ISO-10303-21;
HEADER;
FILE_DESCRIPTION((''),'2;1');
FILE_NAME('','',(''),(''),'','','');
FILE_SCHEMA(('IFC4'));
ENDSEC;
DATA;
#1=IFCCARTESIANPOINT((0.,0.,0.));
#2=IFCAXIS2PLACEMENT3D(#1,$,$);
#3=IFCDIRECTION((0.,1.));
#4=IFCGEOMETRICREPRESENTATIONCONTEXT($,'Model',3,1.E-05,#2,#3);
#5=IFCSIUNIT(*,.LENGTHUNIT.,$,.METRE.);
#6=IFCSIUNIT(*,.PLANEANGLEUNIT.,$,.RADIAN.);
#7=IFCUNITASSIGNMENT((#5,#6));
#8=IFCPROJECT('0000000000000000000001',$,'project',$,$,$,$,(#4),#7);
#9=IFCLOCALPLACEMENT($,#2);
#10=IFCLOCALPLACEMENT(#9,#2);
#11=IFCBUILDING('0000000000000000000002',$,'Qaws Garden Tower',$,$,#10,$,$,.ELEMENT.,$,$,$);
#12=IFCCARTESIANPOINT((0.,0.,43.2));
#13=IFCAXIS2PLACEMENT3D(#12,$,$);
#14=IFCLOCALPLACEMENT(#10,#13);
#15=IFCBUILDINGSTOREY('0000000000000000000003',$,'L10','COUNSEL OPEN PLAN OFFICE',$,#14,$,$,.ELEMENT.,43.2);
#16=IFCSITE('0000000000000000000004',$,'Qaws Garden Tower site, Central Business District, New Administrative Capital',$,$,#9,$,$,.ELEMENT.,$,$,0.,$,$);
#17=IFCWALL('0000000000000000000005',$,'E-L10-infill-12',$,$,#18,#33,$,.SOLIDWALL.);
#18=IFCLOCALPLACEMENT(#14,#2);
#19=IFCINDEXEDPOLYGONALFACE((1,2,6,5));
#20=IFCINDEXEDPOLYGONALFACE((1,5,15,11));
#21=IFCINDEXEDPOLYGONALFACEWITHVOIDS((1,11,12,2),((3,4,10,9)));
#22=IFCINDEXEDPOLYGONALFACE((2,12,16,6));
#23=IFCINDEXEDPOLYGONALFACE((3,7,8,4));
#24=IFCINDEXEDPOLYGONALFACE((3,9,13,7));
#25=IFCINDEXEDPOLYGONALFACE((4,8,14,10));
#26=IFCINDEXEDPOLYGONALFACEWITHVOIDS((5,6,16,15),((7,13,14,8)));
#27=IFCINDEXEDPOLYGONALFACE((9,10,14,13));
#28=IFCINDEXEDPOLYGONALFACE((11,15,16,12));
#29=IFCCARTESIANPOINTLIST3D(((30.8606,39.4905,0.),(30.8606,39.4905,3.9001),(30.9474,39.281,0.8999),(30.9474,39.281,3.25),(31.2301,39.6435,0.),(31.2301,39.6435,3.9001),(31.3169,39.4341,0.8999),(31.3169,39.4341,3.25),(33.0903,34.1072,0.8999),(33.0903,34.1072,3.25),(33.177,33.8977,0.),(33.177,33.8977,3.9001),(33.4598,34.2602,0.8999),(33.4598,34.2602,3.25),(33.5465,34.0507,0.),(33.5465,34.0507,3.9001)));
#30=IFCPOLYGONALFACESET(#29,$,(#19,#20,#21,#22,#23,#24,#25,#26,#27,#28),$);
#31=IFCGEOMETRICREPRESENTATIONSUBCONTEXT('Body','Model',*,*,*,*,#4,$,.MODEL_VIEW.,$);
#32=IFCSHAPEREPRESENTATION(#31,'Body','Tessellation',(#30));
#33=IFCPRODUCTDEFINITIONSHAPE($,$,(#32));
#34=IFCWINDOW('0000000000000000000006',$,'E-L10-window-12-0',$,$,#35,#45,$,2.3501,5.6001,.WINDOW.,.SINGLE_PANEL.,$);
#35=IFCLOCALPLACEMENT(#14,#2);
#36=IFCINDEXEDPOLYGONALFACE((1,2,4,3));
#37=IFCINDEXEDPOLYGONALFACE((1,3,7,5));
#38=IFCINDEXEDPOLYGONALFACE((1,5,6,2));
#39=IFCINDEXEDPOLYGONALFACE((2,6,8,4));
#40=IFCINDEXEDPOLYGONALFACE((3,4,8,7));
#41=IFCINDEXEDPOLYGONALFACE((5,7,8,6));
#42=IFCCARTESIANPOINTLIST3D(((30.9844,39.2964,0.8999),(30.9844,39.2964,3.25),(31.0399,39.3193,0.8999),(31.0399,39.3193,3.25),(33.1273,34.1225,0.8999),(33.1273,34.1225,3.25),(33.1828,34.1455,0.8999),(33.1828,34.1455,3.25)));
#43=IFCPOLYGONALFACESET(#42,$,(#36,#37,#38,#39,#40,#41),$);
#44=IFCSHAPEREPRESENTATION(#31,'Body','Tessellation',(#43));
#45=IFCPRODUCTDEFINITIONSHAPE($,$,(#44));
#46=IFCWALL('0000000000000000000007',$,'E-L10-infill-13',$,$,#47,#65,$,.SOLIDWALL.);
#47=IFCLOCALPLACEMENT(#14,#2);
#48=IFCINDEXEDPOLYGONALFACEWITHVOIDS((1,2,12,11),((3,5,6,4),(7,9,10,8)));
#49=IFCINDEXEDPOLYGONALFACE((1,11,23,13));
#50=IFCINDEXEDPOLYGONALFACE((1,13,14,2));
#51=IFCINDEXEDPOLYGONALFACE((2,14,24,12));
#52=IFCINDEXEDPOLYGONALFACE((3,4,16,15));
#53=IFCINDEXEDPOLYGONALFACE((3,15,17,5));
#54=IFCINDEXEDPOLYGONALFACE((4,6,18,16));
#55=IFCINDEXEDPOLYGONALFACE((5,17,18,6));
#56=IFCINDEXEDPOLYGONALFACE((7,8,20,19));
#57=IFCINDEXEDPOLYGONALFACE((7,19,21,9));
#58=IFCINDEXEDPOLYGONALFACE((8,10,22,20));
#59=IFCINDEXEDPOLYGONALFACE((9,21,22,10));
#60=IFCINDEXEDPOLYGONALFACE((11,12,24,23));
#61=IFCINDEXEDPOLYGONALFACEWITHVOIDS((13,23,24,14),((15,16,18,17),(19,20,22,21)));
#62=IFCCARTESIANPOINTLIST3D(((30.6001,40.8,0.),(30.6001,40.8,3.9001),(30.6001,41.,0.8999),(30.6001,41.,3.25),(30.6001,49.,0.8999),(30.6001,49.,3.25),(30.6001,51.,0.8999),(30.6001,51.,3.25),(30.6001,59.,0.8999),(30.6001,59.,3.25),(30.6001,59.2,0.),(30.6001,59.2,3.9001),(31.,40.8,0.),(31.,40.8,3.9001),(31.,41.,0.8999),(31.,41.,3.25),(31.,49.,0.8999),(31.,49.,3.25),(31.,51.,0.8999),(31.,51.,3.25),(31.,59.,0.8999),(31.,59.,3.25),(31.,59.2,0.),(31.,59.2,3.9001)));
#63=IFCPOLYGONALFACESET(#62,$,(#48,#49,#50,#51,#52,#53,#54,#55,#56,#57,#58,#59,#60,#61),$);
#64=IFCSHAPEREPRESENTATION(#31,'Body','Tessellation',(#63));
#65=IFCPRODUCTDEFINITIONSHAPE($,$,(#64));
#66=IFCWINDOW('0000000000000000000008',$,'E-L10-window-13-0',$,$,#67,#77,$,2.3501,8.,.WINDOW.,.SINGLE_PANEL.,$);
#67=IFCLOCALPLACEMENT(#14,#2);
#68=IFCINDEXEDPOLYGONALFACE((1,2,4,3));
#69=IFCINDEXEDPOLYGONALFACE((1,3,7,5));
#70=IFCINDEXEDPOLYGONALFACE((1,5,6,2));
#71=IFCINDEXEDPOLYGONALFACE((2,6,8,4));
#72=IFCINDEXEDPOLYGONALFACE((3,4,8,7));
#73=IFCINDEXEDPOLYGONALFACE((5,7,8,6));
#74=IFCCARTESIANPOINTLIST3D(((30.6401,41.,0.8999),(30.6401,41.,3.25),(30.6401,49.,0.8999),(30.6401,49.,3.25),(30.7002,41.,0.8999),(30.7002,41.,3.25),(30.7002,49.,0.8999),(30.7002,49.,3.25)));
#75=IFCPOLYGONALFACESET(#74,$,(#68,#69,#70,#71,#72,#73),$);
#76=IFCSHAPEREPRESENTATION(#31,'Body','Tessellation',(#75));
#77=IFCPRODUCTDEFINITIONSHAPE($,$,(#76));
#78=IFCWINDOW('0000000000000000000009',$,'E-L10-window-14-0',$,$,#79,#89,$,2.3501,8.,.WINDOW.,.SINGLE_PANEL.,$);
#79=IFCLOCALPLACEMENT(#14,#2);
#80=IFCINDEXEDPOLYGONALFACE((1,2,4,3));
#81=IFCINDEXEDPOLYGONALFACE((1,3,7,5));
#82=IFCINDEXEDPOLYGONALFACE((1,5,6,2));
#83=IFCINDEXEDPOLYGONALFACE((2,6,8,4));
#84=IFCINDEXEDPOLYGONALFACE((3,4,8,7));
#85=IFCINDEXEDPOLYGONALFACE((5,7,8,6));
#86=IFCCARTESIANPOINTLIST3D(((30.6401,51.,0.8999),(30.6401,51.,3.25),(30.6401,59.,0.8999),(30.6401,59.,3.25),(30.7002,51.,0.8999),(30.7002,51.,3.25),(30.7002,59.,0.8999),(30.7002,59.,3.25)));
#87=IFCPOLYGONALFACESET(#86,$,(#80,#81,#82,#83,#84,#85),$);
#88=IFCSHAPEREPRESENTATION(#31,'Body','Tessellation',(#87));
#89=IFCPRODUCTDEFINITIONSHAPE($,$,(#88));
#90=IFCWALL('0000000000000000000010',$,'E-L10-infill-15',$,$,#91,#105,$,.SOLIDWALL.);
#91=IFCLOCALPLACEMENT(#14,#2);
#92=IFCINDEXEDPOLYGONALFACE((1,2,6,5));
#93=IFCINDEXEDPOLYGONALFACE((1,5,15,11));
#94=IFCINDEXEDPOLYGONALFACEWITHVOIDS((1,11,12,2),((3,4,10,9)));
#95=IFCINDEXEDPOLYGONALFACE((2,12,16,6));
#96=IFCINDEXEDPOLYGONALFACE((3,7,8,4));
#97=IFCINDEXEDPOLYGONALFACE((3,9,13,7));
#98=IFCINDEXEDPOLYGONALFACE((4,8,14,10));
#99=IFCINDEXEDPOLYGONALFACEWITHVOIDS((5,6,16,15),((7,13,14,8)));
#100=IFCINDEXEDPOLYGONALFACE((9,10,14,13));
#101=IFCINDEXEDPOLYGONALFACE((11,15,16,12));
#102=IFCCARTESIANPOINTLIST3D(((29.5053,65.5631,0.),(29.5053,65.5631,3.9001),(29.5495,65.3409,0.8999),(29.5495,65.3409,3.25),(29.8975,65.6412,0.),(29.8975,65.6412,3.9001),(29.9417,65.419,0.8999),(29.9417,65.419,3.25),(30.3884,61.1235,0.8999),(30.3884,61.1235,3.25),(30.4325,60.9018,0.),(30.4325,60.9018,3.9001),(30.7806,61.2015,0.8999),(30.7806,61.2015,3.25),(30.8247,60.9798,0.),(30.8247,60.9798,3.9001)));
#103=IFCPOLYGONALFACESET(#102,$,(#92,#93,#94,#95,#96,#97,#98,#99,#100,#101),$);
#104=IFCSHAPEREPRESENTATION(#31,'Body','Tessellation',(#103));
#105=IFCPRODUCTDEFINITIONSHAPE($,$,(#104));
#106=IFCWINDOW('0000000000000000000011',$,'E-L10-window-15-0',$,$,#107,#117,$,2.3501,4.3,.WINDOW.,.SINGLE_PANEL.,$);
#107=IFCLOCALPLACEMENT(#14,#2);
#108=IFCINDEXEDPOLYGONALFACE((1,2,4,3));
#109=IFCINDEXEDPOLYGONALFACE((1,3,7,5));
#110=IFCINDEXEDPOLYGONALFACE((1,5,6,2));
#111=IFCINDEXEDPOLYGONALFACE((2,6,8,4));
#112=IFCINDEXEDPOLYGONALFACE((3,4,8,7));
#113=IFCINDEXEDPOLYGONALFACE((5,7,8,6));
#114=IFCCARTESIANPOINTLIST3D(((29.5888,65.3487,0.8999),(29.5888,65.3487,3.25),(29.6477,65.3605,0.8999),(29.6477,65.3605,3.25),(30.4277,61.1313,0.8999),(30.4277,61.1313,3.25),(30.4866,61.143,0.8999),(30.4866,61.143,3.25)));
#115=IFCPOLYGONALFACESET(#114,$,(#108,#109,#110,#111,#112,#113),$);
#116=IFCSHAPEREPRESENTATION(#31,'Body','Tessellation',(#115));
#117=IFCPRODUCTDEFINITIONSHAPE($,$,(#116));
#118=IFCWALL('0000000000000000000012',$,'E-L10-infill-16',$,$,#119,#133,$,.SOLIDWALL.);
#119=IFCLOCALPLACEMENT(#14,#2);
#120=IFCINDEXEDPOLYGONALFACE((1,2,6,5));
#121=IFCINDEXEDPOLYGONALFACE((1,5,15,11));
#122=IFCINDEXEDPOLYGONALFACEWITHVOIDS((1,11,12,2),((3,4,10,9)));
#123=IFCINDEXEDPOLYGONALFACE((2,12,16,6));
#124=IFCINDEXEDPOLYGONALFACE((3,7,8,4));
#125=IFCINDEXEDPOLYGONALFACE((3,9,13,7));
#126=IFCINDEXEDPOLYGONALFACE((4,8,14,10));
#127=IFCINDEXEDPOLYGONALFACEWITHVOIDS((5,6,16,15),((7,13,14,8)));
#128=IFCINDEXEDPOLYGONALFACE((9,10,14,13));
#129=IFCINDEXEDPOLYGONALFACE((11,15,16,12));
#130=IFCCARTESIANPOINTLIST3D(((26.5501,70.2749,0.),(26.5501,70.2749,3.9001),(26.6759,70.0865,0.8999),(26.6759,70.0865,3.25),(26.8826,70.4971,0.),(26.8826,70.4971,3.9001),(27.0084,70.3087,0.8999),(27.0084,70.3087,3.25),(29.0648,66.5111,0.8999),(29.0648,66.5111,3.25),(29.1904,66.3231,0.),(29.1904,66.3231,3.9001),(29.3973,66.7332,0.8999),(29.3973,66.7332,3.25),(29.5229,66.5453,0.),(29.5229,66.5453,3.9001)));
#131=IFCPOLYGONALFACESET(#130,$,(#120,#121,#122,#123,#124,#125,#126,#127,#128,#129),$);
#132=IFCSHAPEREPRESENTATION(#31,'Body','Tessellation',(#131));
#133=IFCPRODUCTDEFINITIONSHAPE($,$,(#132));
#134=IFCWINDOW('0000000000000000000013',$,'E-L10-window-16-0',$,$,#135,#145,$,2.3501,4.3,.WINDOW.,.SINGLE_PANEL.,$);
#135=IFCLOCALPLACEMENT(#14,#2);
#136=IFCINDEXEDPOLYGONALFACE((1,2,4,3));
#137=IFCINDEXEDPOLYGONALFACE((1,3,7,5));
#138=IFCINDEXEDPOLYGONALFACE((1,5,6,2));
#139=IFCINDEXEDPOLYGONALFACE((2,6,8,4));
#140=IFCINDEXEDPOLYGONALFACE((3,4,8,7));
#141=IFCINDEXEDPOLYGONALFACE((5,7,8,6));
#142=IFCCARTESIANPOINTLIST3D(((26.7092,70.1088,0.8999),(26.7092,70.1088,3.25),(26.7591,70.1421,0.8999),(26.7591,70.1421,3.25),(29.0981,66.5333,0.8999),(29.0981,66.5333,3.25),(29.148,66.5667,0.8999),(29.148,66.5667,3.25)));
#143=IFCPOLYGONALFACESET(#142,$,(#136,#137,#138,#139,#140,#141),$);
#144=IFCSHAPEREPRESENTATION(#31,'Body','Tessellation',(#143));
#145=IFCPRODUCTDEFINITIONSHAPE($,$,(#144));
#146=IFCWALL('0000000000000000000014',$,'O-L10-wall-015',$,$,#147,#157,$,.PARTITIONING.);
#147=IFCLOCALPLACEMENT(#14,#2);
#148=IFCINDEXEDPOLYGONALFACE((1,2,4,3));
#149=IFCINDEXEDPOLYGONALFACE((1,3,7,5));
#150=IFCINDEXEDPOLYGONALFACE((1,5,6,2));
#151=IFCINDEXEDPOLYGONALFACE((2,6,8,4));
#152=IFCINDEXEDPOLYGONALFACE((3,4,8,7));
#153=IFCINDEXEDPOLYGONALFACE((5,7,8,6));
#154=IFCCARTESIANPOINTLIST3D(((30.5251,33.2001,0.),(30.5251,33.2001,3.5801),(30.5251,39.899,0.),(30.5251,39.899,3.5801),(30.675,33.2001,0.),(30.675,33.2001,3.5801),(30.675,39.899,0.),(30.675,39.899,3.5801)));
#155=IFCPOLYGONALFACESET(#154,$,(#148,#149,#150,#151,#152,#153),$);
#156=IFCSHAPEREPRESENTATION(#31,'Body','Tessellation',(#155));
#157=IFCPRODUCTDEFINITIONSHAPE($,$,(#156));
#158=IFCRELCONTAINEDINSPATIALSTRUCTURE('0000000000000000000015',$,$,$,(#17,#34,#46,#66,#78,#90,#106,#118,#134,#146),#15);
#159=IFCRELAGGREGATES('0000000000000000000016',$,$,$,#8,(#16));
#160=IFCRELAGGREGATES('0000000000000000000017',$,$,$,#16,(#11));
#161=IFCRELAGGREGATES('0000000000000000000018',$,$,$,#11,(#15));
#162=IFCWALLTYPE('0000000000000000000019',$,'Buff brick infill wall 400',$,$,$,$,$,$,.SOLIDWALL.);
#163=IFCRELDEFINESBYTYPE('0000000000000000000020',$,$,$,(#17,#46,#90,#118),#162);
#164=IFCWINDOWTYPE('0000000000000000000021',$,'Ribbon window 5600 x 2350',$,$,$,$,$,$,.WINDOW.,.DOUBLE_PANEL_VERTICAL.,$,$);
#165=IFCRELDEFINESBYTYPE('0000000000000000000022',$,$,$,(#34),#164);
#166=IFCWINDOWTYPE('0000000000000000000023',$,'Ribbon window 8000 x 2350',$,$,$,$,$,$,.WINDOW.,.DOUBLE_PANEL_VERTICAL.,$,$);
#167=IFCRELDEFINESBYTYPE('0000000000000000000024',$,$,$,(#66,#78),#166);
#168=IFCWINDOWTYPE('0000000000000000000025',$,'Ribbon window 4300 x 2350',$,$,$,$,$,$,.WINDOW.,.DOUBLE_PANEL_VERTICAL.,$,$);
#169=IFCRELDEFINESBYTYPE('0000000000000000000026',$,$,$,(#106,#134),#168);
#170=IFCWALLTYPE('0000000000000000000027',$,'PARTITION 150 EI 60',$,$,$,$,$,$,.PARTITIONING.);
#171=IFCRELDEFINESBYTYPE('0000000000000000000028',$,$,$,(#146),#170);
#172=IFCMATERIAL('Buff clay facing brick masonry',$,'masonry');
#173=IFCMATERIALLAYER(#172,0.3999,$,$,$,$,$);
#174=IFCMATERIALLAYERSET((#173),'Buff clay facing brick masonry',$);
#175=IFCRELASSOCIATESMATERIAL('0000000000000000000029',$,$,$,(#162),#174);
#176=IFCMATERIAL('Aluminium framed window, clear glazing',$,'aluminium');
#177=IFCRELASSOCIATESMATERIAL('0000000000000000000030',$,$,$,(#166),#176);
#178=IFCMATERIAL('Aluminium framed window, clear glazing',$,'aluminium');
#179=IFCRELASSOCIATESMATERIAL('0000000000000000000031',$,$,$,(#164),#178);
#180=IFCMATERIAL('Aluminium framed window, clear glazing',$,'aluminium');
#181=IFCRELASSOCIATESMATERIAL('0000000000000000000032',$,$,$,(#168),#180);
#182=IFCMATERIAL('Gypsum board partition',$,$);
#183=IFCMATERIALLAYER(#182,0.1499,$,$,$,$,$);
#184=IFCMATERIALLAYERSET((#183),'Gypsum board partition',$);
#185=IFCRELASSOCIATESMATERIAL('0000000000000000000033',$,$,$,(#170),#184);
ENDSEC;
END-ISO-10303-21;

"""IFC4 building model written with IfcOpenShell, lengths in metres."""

from ifc_helpers import new_model, si_unit, direction, frame, frame_2d, origin, place, context, subcontext, project, spatial, rectangle, extrude, material, layer, layer_set, type_object, element, fill, save


model = new_model("IFC4")

# Units and contexts
model_context = context("Model", 3, precision=1e-05, world=origin(), true_north=direction((0.0, 1.0)))
body_context = subcontext(model_context, "Body", "Model", "MODEL_VIEW")
ifc_project = project(units=[si_unit("LENGTHUNIT", "METRE"), si_unit("PLANEANGLEUNIT", "RADIAN")], contexts=[model_context])

# Site, building, storey
site_placement = place(None, origin())
site = spatial("IfcSite", under=ifc_project, at=site_placement, Name="Qaws Garden Tower site, Central Business District, New Administrative Capital", CompositionType="ELEMENT", RefElevation=0.0)
building_placement = place(site_placement, origin())
building = spatial("IfcBuilding", under=site, at=building_placement, Name="Qaws Garden Tower", CompositionType="ELEMENT")
storey_placement = place(building_placement, frame((0.0, 0.0, 43.2)))
storey = spatial("IfcBuildingStorey", under=building, at=storey_placement, Name="L10", Description="COUNSEL OPEN PLAN OFFICE", CompositionType="ELEMENT", Elevation=43.2)

# Shared definitions
ifc_material_1 = material(Name="Buff clay facing brick masonry", Category="masonry")
ifc_layer_1 = layer(ifc_material_1, 0.3999)
ifc_layer_set_1 = layer_set([ifc_layer_1], Name="Buff clay facing brick masonry")
wall_type_1 = type_object("IfcWallType", Name="Buff brick infill wall 400", PredefinedType="SOLIDWALL", material=ifc_layer_set_1)
ifc_material_2 = material(Name="Aluminium framed window, clear glazing", Category="aluminium")
window_type_1 = type_object("IfcWindowType", Name="Ribbon window 8000 x 2350", PartitioningType="DOUBLE_PANEL_VERTICAL", PredefinedType="WINDOW", material=ifc_material_2)

# Wall, opening, window
ifc_material_3 = material(Name="Aluminium framed window, clear glazing", Category="aluminium")
window_type_2 = type_object("IfcWindowType", Name="Ribbon window 5600 x 2350", PartitioningType="DOUBLE_PANEL_VERTICAL", PredefinedType="WINDOW", material=ifc_material_3)
wall_1_placement = place(storey_placement, frame((33.3618, 33.9741, 0.0), z_axis=(0.0, 0.0, 1.0), x_axis=(-0.382656, 0.923891, 0.0)))
wall_1 = element("IfcWall", 1, at=wall_1_placement, inside=storey, type_object=wall_type_1, Name="E-L10-infill-12", PredefinedType="SOLIDWALL", context=body_context, shape_type="SweptSolid", body=[
    extrude(rectangle(XDim=6.0535, YDim=0.3999, at=frame_2d((3.0269, 0.0))), origin(), (0.0, 0.0, 1.0), 3.9001),
])
opening_1_placement = place(wall_1_placement, frame((0.2268, 0.0, 0.8999)))
opening_1 = element("IfcOpeningElement", 2, at=opening_1_placement, cuts=wall_1, PredefinedType="OPENING", context=body_context, shape_type="SweptSolid", body=[
    extrude(rectangle(XDim=5.6001, YDim=2.3501, at=frame_2d((2.8, 1.175))), frame((0.0, 0.21, 0.0), z_axis=(0.0, -1.0, 0.0), x_axis=(1.0, 0.0, 0.0)), (0.0, 0.0, 1.0), 0.4199),
])
window_1_placement = place(opening_1_placement, origin())
window_1 = element("IfcWindow", 3, at=window_1_placement, inside=storey, type_object=window_type_2, Name="E-L10-window-12-0", OverallHeight=2.3501, OverallWidth=5.6001, PartitioningType="SINGLE_PANEL", PredefinedType="WINDOW", context=body_context, shape_type="SweptSolid", body=[
    extrude(rectangle(XDim=5.6001, YDim=2.3501, at=frame_2d((2.8, 1.175))), frame((0.0, 0.1599, 0.0), z_axis=(0.0, -1.0, 0.0), x_axis=(1.0, 0.0, 0.0)), (0.0, 0.0, 1.0), 0.0601),
])
fill(opening_1, window_1)

# Wall, openings, windows
wall_2_placement = place(storey_placement, frame((30.8, 40.8, 0.0), z_axis=(0.0, 0.0, 1.0), x_axis=(0.0, 1.0, 0.0)))
wall_2 = element("IfcWall", 4, at=wall_2_placement, inside=storey, type_object=wall_type_1, Name="E-L10-infill-13", PredefinedType="SOLIDWALL", context=body_context, shape_type="SweptSolid", body=[
    extrude(rectangle(XDim=18.3999, YDim=0.3999, at=frame_2d((9.2, 0.0))), origin(), (0.0, 0.0, 1.0), 3.9001),
])
opening_2_placement = place(wall_2_placement, frame((0.2, 0.0, 0.8999)))
opening_2 = element("IfcOpeningElement", 5, at=opening_2_placement, cuts=wall_2, PredefinedType="OPENING", context=body_context, shape_type="SweptSolid", body=[
    extrude(rectangle(XDim=8.0, YDim=2.3501, at=frame_2d((4.0, 1.175))), frame((0.0, 0.21, 0.0), z_axis=(0.0, -1.0, 0.0), x_axis=(1.0, 0.0, 0.0)), (0.0, 0.0, 1.0), 0.4199),
])
opening_3_placement = place(wall_2_placement, frame((10.2, 0.0, 0.8999)))
opening_3 = element("IfcOpeningElement", 6, at=opening_3_placement, cuts=wall_2, PredefinedType="OPENING", context=body_context, shape_type="SweptSolid", body=[
    extrude(rectangle(XDim=8.0, YDim=2.3501, at=frame_2d((4.0, 1.175))), frame((0.0, 0.21, 0.0), z_axis=(0.0, -1.0, 0.0), x_axis=(1.0, 0.0, 0.0)), (0.0, 0.0, 1.0), 0.4199),
])
window_2_placement = place(opening_2_placement, origin())
window_2 = element("IfcWindow", 7, at=window_2_placement, inside=storey, type_object=window_type_1, Name="E-L10-window-13-0", OverallHeight=2.3501, OverallWidth=8.0, PartitioningType="SINGLE_PANEL", PredefinedType="WINDOW", context=body_context, shape_type="SweptSolid", body=[
    extrude(rectangle(XDim=8.0, YDim=2.3501, at=frame_2d((4.0, 1.175))), frame((0.0, 0.1599, 0.0), z_axis=(0.0, -1.0, 0.0), x_axis=(1.0, 0.0, 0.0)), (0.0, 0.0, 1.0), 0.0601),
])
fill(opening_2, window_2)
window_3_placement = place(opening_3_placement, origin())
window_3 = element("IfcWindow", 8, at=window_3_placement, inside=storey, type_object=window_type_1, Name="E-L10-window-14-0", OverallHeight=2.3501, OverallWidth=8.0, PartitioningType="SINGLE_PANEL", PredefinedType="WINDOW", context=body_context, shape_type="SweptSolid", body=[
    extrude(rectangle(XDim=8.0, YDim=2.3501, at=frame_2d((4.0, 1.175))), frame((0.0, 0.1599, 0.0), z_axis=(0.0, -1.0, 0.0), x_axis=(1.0, 0.0, 0.0)), (0.0, 0.0, 1.0), 0.0601),
])
fill(opening_3, window_3)

# Walls, openings, windows
wall_3_placement = place(storey_placement, frame((30.6287, 60.9407, 0.0), z_axis=(0.0, 0.0, 1.0), x_axis=(-0.195099, 0.980784, 0.0)))
wall_3 = element("IfcWall", 9, at=wall_3_placement, inside=storey, type_object=wall_type_1, Name="E-L10-infill-15", PredefinedType="SOLIDWALL", context=body_context, shape_type="SweptSolid", body=[
    extrude(rectangle(XDim=4.7527, YDim=0.3999, at=frame_2d((2.3765, 0.0))), origin(), (0.0, 0.0, 1.0), 3.9001),
])
opening_4_placement = place(wall_3_placement, frame((0.2263, 0.0, 0.8999)))
opening_4 = element("IfcOpeningElement", 10, at=opening_4_placement, cuts=wall_3, PredefinedType="OPENING", context=body_context, shape_type="SweptSolid", body=[
    extrude(rectangle(XDim=4.3, YDim=2.3501, at=frame_2d((2.1499, 1.175))), frame((0.0, 0.21, 0.0), z_axis=(0.0, -1.0, 0.0), x_axis=(1.0, 0.0, 0.0)), (0.0, 0.0, 1.0), 0.4199),
])
ifc_material_4 = material(Name="Aluminium framed window, clear glazing", Category="aluminium")
window_type_3 = type_object("IfcWindowType", Name="Ribbon window 4300 x 2350", PartitioningType="DOUBLE_PANEL_VERTICAL", PredefinedType="WINDOW", material=ifc_material_4)
window_4_placement = place(opening_4_placement, origin())
window_4 = element("IfcWindow", 11, at=window_4_placement, inside=storey, type_object=window_type_3, Name="E-L10-window-15-0", OverallHeight=2.3501, OverallWidth=4.3, PartitioningType="SINGLE_PANEL", PredefinedType="WINDOW", context=body_context, shape_type="SweptSolid", body=[
    extrude(rectangle(XDim=4.3, YDim=2.3501, at=frame_2d((2.1499, 1.175))), frame((0.0, 0.1599, 0.0), z_axis=(0.0, -1.0, 0.0), x_axis=(1.0, 0.0, 0.0)), (0.0, 0.0, 1.0), 0.0601),
])
fill(opening_4, window_4)
wall_4_placement = place(storey_placement, frame((29.3567, 66.4341, 0.0), z_axis=(0.0, 0.0, 1.0), x_axis=(-0.555542, 0.831489, 0.0)))
wall_4 = element("IfcWall", 12, at=wall_4_placement, inside=storey, type_object=wall_type_1, Name="E-L10-infill-16", PredefinedType="SOLIDWALL", context=body_context, shape_type="SweptSolid", body=[
    extrude(rectangle(XDim=4.7527, YDim=0.3999, at=frame_2d((2.3765, 0.0))), origin(), (0.0, 0.0, 1.0), 3.9001),
])
opening_5_placement = place(wall_4_placement, frame((0.2263, 0.0, 0.8999)))
opening_5 = element("IfcOpeningElement", 13, at=opening_5_placement, cuts=wall_4, PredefinedType="OPENING", context=body_context, shape_type="SweptSolid", body=[
    extrude(rectangle(XDim=4.3, YDim=2.3501, at=frame_2d((2.1499, 1.175))), frame((0.0, 0.21, 0.0), z_axis=(0.0, -1.0, 0.0), x_axis=(1.0, 0.0, 0.0)), (0.0, 0.0, 1.0), 0.4199),
])
window_5_placement = place(opening_5_placement, origin())
window_5 = element("IfcWindow", 14, at=window_5_placement, inside=storey, type_object=window_type_3, Name="E-L10-window-16-0", OverallHeight=2.3501, OverallWidth=4.3, PartitioningType="SINGLE_PANEL", PredefinedType="WINDOW", context=body_context, shape_type="SweptSolid", body=[
    extrude(rectangle(XDim=4.3, YDim=2.3501, at=frame_2d((2.1499, 1.175))), frame((0.0, 0.1599, 0.0), z_axis=(0.0, -1.0, 0.0), x_axis=(1.0, 0.0, 0.0)), (0.0, 0.0, 1.0), 0.0601),
])
fill(opening_5, window_5)

# Wall
ifc_material_5 = material(Name="Gypsum board partition")
ifc_layer_2 = layer(ifc_material_5, 0.1499)
ifc_layer_set_2 = layer_set([ifc_layer_2], Name="Gypsum board partition")
wall_type_2 = type_object("IfcWallType", Name="PARTITION 150 EI 60", PredefinedType="PARTITIONING", material=ifc_layer_set_2)
wall_5_placement = place(storey_placement, frame((30.6001, 33.2, 0.0), z_axis=(0.0, 0.0, 1.0), x_axis=(0.0, 1.0, 0.0)))
element("IfcWall", 15, at=wall_5_placement, inside=storey, type_object=wall_type_2, Name="O-L10-wall-015", PredefinedType="PARTITIONING", context=body_context, shape_type="SweptSolid", body=[
    extrude(rectangle(XDim=6.699, YDim=0.1499, at=frame_2d((3.3496, 0.0))), origin(), (0.0, 0.0, 1.0), 3.5801),
])

save(model, "model.ifc")
